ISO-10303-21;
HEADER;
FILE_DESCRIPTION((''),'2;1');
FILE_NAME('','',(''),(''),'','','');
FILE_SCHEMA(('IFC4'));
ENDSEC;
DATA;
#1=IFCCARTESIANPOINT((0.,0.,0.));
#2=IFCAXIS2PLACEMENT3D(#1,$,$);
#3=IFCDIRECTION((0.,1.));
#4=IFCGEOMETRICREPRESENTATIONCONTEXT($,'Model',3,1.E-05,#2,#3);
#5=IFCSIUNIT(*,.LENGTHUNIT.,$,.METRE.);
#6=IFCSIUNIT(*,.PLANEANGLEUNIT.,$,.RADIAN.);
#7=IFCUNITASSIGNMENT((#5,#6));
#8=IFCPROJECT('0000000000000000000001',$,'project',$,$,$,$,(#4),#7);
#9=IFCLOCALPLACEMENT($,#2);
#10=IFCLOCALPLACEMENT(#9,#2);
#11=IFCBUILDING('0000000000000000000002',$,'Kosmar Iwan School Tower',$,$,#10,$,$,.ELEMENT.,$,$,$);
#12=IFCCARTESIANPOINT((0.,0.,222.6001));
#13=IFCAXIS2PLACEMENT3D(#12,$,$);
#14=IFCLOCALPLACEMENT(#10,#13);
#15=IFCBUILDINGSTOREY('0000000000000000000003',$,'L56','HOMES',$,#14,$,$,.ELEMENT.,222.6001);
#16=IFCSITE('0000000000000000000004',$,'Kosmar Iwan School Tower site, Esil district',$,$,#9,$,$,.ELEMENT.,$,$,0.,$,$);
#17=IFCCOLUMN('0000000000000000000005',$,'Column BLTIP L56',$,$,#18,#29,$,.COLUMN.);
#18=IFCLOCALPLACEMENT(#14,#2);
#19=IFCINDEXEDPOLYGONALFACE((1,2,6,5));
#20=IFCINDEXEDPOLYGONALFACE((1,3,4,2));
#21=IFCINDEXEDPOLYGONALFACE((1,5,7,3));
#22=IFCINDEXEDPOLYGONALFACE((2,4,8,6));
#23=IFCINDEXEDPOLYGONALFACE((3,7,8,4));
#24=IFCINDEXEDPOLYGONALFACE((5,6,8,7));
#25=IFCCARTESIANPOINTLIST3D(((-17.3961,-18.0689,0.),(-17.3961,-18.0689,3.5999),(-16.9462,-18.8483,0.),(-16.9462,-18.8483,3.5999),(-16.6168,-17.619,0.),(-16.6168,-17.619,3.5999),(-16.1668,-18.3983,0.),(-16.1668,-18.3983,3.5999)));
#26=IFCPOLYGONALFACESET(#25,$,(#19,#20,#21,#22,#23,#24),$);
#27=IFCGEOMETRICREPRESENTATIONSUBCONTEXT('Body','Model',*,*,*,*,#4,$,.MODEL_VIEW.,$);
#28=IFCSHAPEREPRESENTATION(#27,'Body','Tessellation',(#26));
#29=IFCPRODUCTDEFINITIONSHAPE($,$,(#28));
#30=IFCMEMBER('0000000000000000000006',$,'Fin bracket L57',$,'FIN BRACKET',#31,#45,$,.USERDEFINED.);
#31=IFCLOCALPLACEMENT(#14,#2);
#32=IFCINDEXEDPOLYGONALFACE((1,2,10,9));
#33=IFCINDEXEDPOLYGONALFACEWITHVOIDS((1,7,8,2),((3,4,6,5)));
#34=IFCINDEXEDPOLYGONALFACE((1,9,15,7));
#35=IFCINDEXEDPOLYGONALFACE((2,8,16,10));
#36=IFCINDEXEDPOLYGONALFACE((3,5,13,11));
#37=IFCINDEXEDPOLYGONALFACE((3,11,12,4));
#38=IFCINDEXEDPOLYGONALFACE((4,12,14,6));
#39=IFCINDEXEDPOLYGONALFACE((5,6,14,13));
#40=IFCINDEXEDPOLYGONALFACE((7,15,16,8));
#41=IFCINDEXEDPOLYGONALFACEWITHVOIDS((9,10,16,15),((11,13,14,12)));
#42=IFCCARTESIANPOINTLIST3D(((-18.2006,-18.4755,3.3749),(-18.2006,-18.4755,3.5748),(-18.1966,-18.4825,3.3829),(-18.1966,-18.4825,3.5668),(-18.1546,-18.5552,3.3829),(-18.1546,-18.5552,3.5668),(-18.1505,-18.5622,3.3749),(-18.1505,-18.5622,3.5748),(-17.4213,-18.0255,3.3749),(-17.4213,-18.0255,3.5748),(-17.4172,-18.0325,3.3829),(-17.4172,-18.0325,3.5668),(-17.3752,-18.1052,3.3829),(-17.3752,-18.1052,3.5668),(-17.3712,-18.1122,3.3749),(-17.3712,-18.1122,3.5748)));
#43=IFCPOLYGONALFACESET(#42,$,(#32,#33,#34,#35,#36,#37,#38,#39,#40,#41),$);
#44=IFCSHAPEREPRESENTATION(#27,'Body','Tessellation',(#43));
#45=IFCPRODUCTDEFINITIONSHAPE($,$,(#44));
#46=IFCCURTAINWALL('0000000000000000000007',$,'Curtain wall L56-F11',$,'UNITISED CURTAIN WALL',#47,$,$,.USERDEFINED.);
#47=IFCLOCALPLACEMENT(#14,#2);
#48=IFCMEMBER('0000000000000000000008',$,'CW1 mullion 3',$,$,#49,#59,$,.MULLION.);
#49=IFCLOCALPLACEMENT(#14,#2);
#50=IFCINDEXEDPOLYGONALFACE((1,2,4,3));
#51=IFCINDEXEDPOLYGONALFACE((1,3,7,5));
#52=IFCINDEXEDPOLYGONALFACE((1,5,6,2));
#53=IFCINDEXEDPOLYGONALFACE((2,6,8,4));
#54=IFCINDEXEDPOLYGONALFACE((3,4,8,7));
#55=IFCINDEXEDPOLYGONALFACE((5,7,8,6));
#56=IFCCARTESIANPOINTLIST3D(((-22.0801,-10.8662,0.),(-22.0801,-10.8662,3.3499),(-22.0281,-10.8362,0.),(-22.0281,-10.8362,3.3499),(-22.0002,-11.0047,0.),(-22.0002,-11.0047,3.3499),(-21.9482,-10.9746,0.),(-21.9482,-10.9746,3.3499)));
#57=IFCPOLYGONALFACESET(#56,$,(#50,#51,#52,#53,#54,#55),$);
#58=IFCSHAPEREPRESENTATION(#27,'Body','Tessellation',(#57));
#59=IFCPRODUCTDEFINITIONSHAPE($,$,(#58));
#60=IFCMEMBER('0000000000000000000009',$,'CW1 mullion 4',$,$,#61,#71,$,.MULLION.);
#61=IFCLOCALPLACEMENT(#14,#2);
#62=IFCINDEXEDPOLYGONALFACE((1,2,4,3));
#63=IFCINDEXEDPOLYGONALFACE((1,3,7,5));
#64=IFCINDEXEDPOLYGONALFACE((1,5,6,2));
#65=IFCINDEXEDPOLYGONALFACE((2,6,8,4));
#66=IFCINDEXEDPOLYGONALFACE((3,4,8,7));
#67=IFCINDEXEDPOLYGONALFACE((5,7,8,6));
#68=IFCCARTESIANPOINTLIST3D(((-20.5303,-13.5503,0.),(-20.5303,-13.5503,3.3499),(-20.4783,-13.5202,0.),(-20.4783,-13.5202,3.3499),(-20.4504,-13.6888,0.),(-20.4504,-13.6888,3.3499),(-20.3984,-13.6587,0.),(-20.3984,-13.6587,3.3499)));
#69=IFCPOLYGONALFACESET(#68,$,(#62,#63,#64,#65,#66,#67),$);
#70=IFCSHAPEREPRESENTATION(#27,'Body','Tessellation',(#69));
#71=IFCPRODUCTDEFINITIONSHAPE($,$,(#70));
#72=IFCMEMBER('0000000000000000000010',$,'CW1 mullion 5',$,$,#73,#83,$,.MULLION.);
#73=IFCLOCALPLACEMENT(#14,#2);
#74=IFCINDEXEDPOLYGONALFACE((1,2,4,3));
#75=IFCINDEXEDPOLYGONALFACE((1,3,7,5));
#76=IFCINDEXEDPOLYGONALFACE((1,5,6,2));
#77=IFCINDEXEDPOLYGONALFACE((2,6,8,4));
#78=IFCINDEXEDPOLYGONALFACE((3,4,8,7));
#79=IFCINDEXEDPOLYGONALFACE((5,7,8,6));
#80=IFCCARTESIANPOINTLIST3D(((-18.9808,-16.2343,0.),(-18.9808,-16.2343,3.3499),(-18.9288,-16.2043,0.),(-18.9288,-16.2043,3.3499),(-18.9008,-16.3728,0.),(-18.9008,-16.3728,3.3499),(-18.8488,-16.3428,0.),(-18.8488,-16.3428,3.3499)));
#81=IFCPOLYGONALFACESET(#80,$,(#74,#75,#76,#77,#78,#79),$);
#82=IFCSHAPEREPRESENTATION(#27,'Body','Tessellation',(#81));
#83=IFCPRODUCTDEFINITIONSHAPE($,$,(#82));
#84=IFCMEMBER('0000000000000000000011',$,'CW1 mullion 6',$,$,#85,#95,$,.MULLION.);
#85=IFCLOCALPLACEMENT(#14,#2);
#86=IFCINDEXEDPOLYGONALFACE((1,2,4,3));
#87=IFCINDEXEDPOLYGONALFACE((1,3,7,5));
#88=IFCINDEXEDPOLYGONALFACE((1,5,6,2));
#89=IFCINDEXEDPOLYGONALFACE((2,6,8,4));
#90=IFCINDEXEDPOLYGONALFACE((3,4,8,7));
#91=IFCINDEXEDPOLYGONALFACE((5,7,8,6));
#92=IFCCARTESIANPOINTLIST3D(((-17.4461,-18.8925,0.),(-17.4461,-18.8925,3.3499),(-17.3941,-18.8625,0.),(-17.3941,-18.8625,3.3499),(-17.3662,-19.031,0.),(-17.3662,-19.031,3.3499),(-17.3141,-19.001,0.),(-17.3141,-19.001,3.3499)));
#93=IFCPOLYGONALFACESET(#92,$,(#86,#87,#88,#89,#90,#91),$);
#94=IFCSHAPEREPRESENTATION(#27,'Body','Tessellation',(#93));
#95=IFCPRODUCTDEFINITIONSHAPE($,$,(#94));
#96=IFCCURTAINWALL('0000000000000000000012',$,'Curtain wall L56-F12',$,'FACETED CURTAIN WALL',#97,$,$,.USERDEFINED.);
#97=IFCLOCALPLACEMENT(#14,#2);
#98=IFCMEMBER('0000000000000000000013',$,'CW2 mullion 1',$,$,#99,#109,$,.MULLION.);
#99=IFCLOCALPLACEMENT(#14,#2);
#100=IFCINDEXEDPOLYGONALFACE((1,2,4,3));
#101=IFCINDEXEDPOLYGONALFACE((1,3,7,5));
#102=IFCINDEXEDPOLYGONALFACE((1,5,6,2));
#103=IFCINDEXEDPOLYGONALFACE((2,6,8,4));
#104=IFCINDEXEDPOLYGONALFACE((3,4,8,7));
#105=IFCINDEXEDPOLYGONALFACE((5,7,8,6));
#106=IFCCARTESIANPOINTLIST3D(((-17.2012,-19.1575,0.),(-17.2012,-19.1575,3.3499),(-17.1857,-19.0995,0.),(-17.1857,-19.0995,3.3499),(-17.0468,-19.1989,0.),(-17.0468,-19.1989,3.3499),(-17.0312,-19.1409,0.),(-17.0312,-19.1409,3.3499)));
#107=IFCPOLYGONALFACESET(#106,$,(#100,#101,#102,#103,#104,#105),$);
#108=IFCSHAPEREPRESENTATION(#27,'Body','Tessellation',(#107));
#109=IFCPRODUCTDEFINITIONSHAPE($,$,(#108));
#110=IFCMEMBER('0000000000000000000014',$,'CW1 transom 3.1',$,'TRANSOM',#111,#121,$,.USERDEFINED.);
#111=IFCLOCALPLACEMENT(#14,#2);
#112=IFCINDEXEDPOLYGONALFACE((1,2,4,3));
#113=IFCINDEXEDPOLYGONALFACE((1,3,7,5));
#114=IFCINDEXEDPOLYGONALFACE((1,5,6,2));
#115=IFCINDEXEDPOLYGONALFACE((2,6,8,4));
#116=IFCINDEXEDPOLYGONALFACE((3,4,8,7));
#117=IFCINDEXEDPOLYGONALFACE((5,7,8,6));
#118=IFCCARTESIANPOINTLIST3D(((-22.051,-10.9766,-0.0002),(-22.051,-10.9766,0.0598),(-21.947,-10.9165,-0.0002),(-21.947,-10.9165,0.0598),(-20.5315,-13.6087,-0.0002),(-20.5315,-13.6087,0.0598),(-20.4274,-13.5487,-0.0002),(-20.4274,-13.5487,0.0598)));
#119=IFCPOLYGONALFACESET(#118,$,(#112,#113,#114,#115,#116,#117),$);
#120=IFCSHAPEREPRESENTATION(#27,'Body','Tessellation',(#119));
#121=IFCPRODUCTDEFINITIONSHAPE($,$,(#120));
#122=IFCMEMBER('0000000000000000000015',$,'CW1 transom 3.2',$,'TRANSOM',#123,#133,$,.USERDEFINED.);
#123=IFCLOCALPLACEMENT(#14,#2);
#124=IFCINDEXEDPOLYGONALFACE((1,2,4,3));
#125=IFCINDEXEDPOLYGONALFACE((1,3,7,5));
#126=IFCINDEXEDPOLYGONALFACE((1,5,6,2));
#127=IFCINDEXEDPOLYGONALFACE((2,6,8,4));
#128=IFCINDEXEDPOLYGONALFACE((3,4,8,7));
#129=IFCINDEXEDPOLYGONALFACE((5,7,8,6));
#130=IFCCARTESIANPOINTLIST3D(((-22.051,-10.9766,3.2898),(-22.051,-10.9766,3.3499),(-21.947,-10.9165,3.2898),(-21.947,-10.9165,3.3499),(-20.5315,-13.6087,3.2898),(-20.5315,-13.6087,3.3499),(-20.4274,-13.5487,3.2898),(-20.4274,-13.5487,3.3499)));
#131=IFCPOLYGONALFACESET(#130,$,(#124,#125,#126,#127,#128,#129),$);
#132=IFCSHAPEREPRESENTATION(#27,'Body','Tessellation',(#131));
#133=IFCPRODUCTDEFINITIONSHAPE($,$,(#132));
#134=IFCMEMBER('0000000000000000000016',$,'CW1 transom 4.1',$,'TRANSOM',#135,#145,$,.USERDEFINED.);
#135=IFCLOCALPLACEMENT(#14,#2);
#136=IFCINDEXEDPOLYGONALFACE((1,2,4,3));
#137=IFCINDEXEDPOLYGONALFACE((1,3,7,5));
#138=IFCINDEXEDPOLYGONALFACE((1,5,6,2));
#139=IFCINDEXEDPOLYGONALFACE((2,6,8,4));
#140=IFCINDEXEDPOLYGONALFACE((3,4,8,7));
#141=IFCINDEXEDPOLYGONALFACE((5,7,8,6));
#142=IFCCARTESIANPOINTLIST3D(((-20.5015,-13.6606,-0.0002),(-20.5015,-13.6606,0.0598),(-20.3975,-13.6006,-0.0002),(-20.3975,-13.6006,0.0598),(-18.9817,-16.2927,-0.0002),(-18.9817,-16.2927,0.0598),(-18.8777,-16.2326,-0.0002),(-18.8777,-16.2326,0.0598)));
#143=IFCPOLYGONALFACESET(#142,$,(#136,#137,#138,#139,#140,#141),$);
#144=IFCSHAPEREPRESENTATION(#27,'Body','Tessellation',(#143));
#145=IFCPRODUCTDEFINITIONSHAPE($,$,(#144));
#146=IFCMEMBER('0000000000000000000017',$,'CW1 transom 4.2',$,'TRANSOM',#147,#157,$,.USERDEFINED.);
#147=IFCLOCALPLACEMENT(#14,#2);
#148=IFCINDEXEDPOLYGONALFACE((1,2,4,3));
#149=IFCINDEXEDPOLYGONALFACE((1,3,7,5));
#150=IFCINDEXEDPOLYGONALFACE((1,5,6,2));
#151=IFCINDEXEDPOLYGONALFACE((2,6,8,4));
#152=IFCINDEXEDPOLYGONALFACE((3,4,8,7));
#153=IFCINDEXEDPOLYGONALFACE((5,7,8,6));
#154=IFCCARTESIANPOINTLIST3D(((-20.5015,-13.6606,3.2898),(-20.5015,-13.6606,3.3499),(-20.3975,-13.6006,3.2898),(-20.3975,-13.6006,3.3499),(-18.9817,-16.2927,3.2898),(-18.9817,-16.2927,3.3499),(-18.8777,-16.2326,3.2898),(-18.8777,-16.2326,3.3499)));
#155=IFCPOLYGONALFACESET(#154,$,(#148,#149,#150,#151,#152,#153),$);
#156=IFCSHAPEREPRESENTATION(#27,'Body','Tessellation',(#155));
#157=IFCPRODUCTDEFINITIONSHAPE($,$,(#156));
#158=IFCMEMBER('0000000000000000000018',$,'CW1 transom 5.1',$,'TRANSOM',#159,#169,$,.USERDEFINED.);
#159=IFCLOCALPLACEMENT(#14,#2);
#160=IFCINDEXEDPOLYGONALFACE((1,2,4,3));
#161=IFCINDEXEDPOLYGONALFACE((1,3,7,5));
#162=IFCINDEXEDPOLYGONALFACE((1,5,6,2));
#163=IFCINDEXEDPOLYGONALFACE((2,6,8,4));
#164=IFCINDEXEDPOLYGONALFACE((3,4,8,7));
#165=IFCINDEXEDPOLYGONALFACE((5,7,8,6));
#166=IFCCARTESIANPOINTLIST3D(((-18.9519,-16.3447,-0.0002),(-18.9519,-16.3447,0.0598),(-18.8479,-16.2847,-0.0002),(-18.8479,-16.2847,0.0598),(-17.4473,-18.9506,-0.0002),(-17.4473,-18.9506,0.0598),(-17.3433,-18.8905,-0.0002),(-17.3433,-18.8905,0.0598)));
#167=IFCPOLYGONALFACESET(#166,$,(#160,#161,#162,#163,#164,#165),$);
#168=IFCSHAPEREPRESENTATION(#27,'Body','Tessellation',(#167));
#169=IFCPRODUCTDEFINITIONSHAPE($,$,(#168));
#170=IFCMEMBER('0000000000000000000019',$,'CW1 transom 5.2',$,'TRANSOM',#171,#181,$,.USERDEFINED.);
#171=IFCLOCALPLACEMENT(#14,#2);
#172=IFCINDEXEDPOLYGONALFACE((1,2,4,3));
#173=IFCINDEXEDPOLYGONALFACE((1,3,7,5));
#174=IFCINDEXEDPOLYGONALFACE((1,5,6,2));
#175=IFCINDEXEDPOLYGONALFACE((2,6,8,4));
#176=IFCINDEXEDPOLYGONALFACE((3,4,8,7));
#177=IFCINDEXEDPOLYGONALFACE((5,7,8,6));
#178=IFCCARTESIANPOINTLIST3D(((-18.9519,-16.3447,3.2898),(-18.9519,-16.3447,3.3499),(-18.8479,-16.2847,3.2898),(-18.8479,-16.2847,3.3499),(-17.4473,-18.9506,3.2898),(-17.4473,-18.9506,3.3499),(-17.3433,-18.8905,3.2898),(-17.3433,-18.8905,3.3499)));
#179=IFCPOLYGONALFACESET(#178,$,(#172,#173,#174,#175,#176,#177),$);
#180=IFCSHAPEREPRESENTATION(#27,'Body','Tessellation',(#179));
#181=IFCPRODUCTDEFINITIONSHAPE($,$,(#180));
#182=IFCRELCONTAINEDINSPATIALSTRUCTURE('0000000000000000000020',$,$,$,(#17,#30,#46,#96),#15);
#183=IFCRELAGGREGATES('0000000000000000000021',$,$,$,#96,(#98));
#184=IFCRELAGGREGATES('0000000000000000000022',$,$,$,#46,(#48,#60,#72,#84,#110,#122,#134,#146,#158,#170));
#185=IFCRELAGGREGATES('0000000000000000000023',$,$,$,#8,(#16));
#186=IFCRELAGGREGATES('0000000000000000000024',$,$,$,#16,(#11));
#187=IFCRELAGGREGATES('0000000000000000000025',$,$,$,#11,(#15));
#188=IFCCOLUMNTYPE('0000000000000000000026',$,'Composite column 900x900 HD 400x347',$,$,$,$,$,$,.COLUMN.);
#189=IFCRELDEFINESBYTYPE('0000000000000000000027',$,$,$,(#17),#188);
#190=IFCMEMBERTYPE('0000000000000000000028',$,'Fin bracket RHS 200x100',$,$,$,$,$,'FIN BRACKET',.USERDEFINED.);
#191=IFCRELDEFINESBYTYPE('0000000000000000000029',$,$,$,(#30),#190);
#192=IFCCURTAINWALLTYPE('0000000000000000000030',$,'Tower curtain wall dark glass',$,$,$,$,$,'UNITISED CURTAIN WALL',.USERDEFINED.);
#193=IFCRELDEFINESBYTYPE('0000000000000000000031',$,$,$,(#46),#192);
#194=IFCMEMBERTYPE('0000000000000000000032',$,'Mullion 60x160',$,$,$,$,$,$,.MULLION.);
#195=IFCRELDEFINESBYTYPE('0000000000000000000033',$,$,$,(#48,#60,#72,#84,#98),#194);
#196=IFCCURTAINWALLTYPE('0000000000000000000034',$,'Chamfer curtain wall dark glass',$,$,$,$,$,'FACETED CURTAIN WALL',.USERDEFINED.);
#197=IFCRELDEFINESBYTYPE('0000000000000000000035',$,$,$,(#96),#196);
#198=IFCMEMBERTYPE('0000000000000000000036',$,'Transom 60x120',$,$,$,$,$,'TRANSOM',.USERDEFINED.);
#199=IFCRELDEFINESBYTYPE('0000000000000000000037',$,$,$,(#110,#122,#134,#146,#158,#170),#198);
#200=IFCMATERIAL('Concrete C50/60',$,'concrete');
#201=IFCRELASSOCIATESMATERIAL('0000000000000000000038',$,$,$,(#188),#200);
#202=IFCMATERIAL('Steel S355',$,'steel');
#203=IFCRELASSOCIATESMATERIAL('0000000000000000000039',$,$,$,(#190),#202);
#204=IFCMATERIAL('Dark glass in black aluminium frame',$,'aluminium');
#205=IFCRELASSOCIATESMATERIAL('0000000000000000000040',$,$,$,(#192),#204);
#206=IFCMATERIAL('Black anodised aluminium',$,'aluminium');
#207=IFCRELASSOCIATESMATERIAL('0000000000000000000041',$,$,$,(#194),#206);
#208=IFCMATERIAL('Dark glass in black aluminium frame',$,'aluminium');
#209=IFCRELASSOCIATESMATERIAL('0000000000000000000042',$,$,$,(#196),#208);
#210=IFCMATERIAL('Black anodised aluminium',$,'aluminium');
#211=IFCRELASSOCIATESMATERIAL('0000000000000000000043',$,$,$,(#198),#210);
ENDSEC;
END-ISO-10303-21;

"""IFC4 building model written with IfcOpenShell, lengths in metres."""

from ifc_helpers import new_model, si_unit, direction, frame, origin, origin_2d, place, context, subcontext, project, spatial, rectangle, hollow_rectangle, extrude, material, material_profile, profile_set, type_object, element, aggregate, save


model = new_model("IFC4")

# Units and contexts
model_context = context("Model", 3, precision=1e-05, world=origin(), true_north=direction((0.0, 1.0)))
body_context = subcontext(model_context, "Body", "Model", "MODEL_VIEW")
ifc_project = project(units=[si_unit("LENGTHUNIT", "METRE"), si_unit("PLANEANGLEUNIT", "RADIAN")], contexts=[model_context])

# Site, building, storey
site_placement = place(None, origin())
site = spatial("IfcSite", under=ifc_project, at=site_placement, Name="Kosmar Iwan School Tower site, Esil district", CompositionType="ELEMENT", RefElevation=0.0)
building_placement = place(site_placement, origin())
building = spatial("IfcBuilding", under=site, at=building_placement, Name="Kosmar Iwan School Tower", CompositionType="ELEMENT")
storey_placement = place(building_placement, frame((0.0, 0.0, 222.6001)))
storey = spatial("IfcBuildingStorey", under=building, at=storey_placement, Name="L56", Description="HOMES", CompositionType="ELEMENT", Elevation=222.6001)

# Column
ifc_material_1 = material(Name="Concrete C50/60", Category="concrete")
ifc_material_profile_1 = material_profile(ifc_material_1, rectangle(XDim=0.8999, YDim=0.8999, at=origin_2d()), Name="RC 900x900 + HD 400x347")
ifc_profile_set_1 = profile_set([ifc_material_profile_1], Name="Concrete C50/60")
column_type = type_object("IfcColumnType", Name="Composite column 900x900 HD 400x347", PredefinedType="COLUMN", material=ifc_profile_set_1)
column_placement = place(storey_placement, frame((-16.7815, -18.2336, 0.0), z_axis=(0.0, 0.0, 1.0), x_axis=(-0.866025, -0.5, 0.0)))
element("IfcColumn", 1, at=column_placement, inside=storey, type_object=column_type, Name="Column BLTIP L56", PredefinedType="COLUMN", context=body_context, shape_type="SweptSolid", body=[
    extrude(rectangle(XDim=0.8999, YDim=0.8999, at=origin_2d()), origin(), (0.0, 0.0, 1.0), 3.5999),
])

# Member
ifc_material_2 = material(Name="Steel S355", Category="steel")
ifc_material_profile_2 = material_profile(ifc_material_2, hollow_rectangle(XDim=0.1001, YDim=0.2, WallThickness=0.0081, at=origin_2d()), Name="RHS 200x100x8")
ifc_profile_set_2 = profile_set([ifc_material_profile_2], Name="Steel S355")
member_type_1 = type_object("IfcMemberType", Name="Fin bracket RHS 200x100", ElementType="FIN BRACKET", PredefinedType="USERDEFINED", material=ifc_profile_set_2)
member_1_placement = place(storey_placement, frame((-17.3962, -18.0688, 3.4749), z_axis=(-0.866014, -0.50002, 0.0), x_axis=(0.50002, -0.866014, 0.0)))
element("IfcMember", 2, at=member_1_placement, inside=storey, type_object=member_type_1, Name="Fin bracket L57", ObjectType="FIN BRACKET", PredefinedType="USERDEFINED", context=body_context, shape_type="SweptSolid", body=[
    extrude(hollow_rectangle(XDim=0.1001, YDim=0.2, WallThickness=0.0081, at=origin_2d()), origin(), (0.0, 0.0, 1.0), 0.8999),
])

# Curtain wall, members
ifc_material_3 = material(Name="Dark glass in black aluminium frame", Category="aluminium")
curtain_wall_type_1 = type_object("IfcCurtainWallType", Name="Tower curtain wall dark glass", ElementType="UNITISED CURTAIN WALL", PredefinedType="USERDEFINED", material=ifc_material_3)
curtain_wall_1_placement = place(storey_placement, origin())
curtain_wall_1 = element("IfcCurtainWall", 3, at=curtain_wall_1_placement, inside=storey, type_object=curtain_wall_type_1, Name="Curtain wall L56-F11", ObjectType="UNITISED CURTAIN WALL", PredefinedType="USERDEFINED")
ifc_material_4 = material(Name="Black anodised aluminium", Category="aluminium")
ifc_material_profile_3 = material_profile(ifc_material_4, rectangle(XDim=0.0601, YDim=0.1599, at=origin_2d()), Name="MULLION 60x160")
ifc_profile_set_3 = profile_set([ifc_material_profile_3], Name="Black anodised aluminium")
member_type_2 = type_object("IfcMemberType", Name="Mullion 60x160", PredefinedType="MULLION", material=ifc_profile_set_3)
member_2_placement = place(storey_placement, frame((-22.0142, -10.9204, 0.0), z_axis=(0.0, 0.0, 1.0), x_axis=(0.866025, 0.5, 0.0)))
member_2 = element("IfcMember", 4, at=member_2_placement, type_object=member_type_2, Name="CW1 mullion 3", PredefinedType="MULLION", context=body_context, shape_type="SweptSolid", body=[
    extrude(rectangle(XDim=0.0601, YDim=0.1599, at=origin_2d()), origin(), (0.0, 0.0, 1.0), 3.3499),
])
member_3_placement = place(storey_placement, frame((-20.4644, -13.6045, 0.0), z_axis=(0.0, 0.0, 1.0), x_axis=(0.866025, 0.5, 0.0)))
member_3 = element("IfcMember", 5, at=member_3_placement, type_object=member_type_2, Name="CW1 mullion 4", PredefinedType="MULLION", context=body_context, shape_type="SweptSolid", body=[
    extrude(rectangle(XDim=0.0601, YDim=0.1599, at=origin_2d()), origin(), (0.0, 0.0, 1.0), 3.3499),
])
member_4_placement = place(storey_placement, frame((-18.9148, -16.2886, 0.0), z_axis=(0.0, 0.0, 1.0), x_axis=(0.866025, 0.5, 0.0)))
member_4 = element("IfcMember", 6, at=member_4_placement, type_object=member_type_2, Name="CW1 mullion 5", PredefinedType="MULLION", context=body_context, shape_type="SweptSolid", body=[
    extrude(rectangle(XDim=0.0601, YDim=0.1599, at=origin_2d()), origin(), (0.0, 0.0, 1.0), 3.3499),
])
member_5_placement = place(storey_placement, frame((-17.3801, -18.9468, 0.0), z_axis=(0.0, 0.0, 1.0), x_axis=(0.866025, 0.5, 0.0)))
member_5 = element("IfcMember", 7, at=member_5_placement, type_object=member_type_2, Name="CW1 mullion 6", PredefinedType="MULLION", context=body_context, shape_type="SweptSolid", body=[
    extrude(rectangle(XDim=0.0601, YDim=0.1599, at=origin_2d()), origin(), (0.0, 0.0, 1.0), 3.3499),
])

# Curtain wall, member
ifc_material_5 = material(Name="Dark glass in black aluminium frame", Category="aluminium")
curtain_wall_type_2 = type_object("IfcCurtainWallType", Name="Chamfer curtain wall dark glass", ElementType="FACETED CURTAIN WALL", PredefinedType="USERDEFINED", material=ifc_material_5)
curtain_wall_2_placement = place(storey_placement, origin())
curtain_wall_2 = element("IfcCurtainWall", 8, at=curtain_wall_2_placement, inside=storey, type_object=curtain_wall_type_2, Name="Curtain wall L56-F12", ObjectType="FACETED CURTAIN WALL", PredefinedType="USERDEFINED")
member_6_placement = place(storey_placement, frame((-17.1162, -19.1492, 0.0), z_axis=(0.0, 0.0, 1.0), x_axis=(0.258819, 0.965926, 0.0)))
member_6 = element("IfcMember", 9, at=member_6_placement, type_object=member_type_2, Name="CW2 mullion 1", PredefinedType="MULLION", context=body_context, shape_type="SweptSolid", body=[
    extrude(rectangle(XDim=0.0601, YDim=0.1599, at=origin_2d()), origin(), (0.0, 0.0, 1.0), 3.3499),
])

# Members
ifc_material_6 = material(Name="Black anodised aluminium", Category="aluminium")
ifc_material_profile_4 = material_profile(ifc_material_6, rectangle(XDim=0.1201, YDim=0.0601, at=origin_2d()), Name="TRANSOM 60x120")
ifc_profile_set_4 = profile_set([ifc_material_profile_4], Name="Black anodised aluminium")
member_type_3 = type_object("IfcMemberType", Name="Transom 60x120", ElementType="TRANSOM", PredefinedType="USERDEFINED", material=ifc_profile_set_4)
member_7_placement = place(storey_placement, frame((-21.999, -10.9465, 0.0298), z_axis=(0.499975, -0.86604, 0.0), x_axis=(0.86604, 0.499975, 0.0)))
member_7 = element("IfcMember", 10, at=member_7_placement, type_object=member_type_3, Name="CW1 transom 3.1", ObjectType="TRANSOM", PredefinedType="USERDEFINED", context=body_context, shape_type="SweptSolid", body=[
    extrude(rectangle(XDim=0.1201, YDim=0.0601, at=origin_2d()), origin(), (0.0, 0.0, 1.0), 3.0393),
])
member_8_placement = place(storey_placement, frame((-21.999, -10.9465, 3.3198), z_axis=(0.499975, -0.86604, 0.0), x_axis=(0.86604, 0.499975, 0.0)))
member_8 = element("IfcMember", 11, at=member_8_placement, type_object=member_type_3, Name="CW1 transom 3.2", ObjectType="TRANSOM", PredefinedType="USERDEFINED", context=body_context, shape_type="SweptSolid", body=[
    extrude(rectangle(XDim=0.1201, YDim=0.0601, at=origin_2d()), origin(), (0.0, 0.0, 1.0), 3.0393),
])
member_9_placement = place(storey_placement, frame((-20.4495, -13.6306, 0.0298), z_axis=(0.500035, -0.866005, 0.0), x_axis=(0.866005, 0.500035, 0.0)))
member_9 = element("IfcMember", 12, at=member_9_placement, type_object=member_type_3, Name="CW1 transom 4.1", ObjectType="TRANSOM", PredefinedType="USERDEFINED", context=body_context, shape_type="SweptSolid", body=[
    extrude(rectangle(XDim=0.1201, YDim=0.0601, at=origin_2d()), origin(), (0.0, 0.0, 1.0), 3.0393),
])
member_10_placement = place(storey_placement, frame((-20.4495, -13.6306, 3.3198), z_axis=(0.500035, -0.866005, 0.0), x_axis=(0.866005, 0.500035, 0.0)))
member_10 = element("IfcMember", 13, at=member_10_placement, type_object=member_type_3, Name="CW1 transom 4.2", ObjectType="TRANSOM", PredefinedType="USERDEFINED", context=body_context, shape_type="SweptSolid", body=[
    extrude(rectangle(XDim=0.1201, YDim=0.0601, at=origin_2d()), origin(), (0.0, 0.0, 1.0), 3.0393),
])
member_11_placement = place(storey_placement, frame((-18.8999, -16.3147, 0.0298), z_axis=(0.500022, -0.866013, 0.0), x_axis=(0.866013, 0.500022, 0.0)))
member_11 = element("IfcMember", 14, at=member_11_placement, type_object=member_type_3, Name="CW1 transom 5.1", ObjectType="TRANSOM", PredefinedType="USERDEFINED", context=body_context, shape_type="SweptSolid", body=[
    extrude(rectangle(XDim=0.1201, YDim=0.0601, at=origin_2d()), origin(), (0.0, 0.0, 1.0), 3.009),
])
member_12_placement = place(storey_placement, frame((-18.8999, -16.3147, 3.3198), z_axis=(0.500022, -0.866013, 0.0), x_axis=(0.866013, 0.500022, 0.0)))
member_12 = element("IfcMember", 15, at=member_12_placement, type_object=member_type_3, Name="CW1 transom 5.2", ObjectType="TRANSOM", PredefinedType="USERDEFINED", context=body_context, shape_type="SweptSolid", body=[
    extrude(rectangle(XDim=0.1201, YDim=0.0601, at=origin_2d()), origin(), (0.0, 0.0, 1.0), 3.009),
])
aggregate(curtain_wall_2, [member_6])

aggregate(curtain_wall_1, [member_2, member_3, member_4, member_5, member_7, member_8, member_9, member_10, member_11, member_12])

save(model, "model.ifc")
